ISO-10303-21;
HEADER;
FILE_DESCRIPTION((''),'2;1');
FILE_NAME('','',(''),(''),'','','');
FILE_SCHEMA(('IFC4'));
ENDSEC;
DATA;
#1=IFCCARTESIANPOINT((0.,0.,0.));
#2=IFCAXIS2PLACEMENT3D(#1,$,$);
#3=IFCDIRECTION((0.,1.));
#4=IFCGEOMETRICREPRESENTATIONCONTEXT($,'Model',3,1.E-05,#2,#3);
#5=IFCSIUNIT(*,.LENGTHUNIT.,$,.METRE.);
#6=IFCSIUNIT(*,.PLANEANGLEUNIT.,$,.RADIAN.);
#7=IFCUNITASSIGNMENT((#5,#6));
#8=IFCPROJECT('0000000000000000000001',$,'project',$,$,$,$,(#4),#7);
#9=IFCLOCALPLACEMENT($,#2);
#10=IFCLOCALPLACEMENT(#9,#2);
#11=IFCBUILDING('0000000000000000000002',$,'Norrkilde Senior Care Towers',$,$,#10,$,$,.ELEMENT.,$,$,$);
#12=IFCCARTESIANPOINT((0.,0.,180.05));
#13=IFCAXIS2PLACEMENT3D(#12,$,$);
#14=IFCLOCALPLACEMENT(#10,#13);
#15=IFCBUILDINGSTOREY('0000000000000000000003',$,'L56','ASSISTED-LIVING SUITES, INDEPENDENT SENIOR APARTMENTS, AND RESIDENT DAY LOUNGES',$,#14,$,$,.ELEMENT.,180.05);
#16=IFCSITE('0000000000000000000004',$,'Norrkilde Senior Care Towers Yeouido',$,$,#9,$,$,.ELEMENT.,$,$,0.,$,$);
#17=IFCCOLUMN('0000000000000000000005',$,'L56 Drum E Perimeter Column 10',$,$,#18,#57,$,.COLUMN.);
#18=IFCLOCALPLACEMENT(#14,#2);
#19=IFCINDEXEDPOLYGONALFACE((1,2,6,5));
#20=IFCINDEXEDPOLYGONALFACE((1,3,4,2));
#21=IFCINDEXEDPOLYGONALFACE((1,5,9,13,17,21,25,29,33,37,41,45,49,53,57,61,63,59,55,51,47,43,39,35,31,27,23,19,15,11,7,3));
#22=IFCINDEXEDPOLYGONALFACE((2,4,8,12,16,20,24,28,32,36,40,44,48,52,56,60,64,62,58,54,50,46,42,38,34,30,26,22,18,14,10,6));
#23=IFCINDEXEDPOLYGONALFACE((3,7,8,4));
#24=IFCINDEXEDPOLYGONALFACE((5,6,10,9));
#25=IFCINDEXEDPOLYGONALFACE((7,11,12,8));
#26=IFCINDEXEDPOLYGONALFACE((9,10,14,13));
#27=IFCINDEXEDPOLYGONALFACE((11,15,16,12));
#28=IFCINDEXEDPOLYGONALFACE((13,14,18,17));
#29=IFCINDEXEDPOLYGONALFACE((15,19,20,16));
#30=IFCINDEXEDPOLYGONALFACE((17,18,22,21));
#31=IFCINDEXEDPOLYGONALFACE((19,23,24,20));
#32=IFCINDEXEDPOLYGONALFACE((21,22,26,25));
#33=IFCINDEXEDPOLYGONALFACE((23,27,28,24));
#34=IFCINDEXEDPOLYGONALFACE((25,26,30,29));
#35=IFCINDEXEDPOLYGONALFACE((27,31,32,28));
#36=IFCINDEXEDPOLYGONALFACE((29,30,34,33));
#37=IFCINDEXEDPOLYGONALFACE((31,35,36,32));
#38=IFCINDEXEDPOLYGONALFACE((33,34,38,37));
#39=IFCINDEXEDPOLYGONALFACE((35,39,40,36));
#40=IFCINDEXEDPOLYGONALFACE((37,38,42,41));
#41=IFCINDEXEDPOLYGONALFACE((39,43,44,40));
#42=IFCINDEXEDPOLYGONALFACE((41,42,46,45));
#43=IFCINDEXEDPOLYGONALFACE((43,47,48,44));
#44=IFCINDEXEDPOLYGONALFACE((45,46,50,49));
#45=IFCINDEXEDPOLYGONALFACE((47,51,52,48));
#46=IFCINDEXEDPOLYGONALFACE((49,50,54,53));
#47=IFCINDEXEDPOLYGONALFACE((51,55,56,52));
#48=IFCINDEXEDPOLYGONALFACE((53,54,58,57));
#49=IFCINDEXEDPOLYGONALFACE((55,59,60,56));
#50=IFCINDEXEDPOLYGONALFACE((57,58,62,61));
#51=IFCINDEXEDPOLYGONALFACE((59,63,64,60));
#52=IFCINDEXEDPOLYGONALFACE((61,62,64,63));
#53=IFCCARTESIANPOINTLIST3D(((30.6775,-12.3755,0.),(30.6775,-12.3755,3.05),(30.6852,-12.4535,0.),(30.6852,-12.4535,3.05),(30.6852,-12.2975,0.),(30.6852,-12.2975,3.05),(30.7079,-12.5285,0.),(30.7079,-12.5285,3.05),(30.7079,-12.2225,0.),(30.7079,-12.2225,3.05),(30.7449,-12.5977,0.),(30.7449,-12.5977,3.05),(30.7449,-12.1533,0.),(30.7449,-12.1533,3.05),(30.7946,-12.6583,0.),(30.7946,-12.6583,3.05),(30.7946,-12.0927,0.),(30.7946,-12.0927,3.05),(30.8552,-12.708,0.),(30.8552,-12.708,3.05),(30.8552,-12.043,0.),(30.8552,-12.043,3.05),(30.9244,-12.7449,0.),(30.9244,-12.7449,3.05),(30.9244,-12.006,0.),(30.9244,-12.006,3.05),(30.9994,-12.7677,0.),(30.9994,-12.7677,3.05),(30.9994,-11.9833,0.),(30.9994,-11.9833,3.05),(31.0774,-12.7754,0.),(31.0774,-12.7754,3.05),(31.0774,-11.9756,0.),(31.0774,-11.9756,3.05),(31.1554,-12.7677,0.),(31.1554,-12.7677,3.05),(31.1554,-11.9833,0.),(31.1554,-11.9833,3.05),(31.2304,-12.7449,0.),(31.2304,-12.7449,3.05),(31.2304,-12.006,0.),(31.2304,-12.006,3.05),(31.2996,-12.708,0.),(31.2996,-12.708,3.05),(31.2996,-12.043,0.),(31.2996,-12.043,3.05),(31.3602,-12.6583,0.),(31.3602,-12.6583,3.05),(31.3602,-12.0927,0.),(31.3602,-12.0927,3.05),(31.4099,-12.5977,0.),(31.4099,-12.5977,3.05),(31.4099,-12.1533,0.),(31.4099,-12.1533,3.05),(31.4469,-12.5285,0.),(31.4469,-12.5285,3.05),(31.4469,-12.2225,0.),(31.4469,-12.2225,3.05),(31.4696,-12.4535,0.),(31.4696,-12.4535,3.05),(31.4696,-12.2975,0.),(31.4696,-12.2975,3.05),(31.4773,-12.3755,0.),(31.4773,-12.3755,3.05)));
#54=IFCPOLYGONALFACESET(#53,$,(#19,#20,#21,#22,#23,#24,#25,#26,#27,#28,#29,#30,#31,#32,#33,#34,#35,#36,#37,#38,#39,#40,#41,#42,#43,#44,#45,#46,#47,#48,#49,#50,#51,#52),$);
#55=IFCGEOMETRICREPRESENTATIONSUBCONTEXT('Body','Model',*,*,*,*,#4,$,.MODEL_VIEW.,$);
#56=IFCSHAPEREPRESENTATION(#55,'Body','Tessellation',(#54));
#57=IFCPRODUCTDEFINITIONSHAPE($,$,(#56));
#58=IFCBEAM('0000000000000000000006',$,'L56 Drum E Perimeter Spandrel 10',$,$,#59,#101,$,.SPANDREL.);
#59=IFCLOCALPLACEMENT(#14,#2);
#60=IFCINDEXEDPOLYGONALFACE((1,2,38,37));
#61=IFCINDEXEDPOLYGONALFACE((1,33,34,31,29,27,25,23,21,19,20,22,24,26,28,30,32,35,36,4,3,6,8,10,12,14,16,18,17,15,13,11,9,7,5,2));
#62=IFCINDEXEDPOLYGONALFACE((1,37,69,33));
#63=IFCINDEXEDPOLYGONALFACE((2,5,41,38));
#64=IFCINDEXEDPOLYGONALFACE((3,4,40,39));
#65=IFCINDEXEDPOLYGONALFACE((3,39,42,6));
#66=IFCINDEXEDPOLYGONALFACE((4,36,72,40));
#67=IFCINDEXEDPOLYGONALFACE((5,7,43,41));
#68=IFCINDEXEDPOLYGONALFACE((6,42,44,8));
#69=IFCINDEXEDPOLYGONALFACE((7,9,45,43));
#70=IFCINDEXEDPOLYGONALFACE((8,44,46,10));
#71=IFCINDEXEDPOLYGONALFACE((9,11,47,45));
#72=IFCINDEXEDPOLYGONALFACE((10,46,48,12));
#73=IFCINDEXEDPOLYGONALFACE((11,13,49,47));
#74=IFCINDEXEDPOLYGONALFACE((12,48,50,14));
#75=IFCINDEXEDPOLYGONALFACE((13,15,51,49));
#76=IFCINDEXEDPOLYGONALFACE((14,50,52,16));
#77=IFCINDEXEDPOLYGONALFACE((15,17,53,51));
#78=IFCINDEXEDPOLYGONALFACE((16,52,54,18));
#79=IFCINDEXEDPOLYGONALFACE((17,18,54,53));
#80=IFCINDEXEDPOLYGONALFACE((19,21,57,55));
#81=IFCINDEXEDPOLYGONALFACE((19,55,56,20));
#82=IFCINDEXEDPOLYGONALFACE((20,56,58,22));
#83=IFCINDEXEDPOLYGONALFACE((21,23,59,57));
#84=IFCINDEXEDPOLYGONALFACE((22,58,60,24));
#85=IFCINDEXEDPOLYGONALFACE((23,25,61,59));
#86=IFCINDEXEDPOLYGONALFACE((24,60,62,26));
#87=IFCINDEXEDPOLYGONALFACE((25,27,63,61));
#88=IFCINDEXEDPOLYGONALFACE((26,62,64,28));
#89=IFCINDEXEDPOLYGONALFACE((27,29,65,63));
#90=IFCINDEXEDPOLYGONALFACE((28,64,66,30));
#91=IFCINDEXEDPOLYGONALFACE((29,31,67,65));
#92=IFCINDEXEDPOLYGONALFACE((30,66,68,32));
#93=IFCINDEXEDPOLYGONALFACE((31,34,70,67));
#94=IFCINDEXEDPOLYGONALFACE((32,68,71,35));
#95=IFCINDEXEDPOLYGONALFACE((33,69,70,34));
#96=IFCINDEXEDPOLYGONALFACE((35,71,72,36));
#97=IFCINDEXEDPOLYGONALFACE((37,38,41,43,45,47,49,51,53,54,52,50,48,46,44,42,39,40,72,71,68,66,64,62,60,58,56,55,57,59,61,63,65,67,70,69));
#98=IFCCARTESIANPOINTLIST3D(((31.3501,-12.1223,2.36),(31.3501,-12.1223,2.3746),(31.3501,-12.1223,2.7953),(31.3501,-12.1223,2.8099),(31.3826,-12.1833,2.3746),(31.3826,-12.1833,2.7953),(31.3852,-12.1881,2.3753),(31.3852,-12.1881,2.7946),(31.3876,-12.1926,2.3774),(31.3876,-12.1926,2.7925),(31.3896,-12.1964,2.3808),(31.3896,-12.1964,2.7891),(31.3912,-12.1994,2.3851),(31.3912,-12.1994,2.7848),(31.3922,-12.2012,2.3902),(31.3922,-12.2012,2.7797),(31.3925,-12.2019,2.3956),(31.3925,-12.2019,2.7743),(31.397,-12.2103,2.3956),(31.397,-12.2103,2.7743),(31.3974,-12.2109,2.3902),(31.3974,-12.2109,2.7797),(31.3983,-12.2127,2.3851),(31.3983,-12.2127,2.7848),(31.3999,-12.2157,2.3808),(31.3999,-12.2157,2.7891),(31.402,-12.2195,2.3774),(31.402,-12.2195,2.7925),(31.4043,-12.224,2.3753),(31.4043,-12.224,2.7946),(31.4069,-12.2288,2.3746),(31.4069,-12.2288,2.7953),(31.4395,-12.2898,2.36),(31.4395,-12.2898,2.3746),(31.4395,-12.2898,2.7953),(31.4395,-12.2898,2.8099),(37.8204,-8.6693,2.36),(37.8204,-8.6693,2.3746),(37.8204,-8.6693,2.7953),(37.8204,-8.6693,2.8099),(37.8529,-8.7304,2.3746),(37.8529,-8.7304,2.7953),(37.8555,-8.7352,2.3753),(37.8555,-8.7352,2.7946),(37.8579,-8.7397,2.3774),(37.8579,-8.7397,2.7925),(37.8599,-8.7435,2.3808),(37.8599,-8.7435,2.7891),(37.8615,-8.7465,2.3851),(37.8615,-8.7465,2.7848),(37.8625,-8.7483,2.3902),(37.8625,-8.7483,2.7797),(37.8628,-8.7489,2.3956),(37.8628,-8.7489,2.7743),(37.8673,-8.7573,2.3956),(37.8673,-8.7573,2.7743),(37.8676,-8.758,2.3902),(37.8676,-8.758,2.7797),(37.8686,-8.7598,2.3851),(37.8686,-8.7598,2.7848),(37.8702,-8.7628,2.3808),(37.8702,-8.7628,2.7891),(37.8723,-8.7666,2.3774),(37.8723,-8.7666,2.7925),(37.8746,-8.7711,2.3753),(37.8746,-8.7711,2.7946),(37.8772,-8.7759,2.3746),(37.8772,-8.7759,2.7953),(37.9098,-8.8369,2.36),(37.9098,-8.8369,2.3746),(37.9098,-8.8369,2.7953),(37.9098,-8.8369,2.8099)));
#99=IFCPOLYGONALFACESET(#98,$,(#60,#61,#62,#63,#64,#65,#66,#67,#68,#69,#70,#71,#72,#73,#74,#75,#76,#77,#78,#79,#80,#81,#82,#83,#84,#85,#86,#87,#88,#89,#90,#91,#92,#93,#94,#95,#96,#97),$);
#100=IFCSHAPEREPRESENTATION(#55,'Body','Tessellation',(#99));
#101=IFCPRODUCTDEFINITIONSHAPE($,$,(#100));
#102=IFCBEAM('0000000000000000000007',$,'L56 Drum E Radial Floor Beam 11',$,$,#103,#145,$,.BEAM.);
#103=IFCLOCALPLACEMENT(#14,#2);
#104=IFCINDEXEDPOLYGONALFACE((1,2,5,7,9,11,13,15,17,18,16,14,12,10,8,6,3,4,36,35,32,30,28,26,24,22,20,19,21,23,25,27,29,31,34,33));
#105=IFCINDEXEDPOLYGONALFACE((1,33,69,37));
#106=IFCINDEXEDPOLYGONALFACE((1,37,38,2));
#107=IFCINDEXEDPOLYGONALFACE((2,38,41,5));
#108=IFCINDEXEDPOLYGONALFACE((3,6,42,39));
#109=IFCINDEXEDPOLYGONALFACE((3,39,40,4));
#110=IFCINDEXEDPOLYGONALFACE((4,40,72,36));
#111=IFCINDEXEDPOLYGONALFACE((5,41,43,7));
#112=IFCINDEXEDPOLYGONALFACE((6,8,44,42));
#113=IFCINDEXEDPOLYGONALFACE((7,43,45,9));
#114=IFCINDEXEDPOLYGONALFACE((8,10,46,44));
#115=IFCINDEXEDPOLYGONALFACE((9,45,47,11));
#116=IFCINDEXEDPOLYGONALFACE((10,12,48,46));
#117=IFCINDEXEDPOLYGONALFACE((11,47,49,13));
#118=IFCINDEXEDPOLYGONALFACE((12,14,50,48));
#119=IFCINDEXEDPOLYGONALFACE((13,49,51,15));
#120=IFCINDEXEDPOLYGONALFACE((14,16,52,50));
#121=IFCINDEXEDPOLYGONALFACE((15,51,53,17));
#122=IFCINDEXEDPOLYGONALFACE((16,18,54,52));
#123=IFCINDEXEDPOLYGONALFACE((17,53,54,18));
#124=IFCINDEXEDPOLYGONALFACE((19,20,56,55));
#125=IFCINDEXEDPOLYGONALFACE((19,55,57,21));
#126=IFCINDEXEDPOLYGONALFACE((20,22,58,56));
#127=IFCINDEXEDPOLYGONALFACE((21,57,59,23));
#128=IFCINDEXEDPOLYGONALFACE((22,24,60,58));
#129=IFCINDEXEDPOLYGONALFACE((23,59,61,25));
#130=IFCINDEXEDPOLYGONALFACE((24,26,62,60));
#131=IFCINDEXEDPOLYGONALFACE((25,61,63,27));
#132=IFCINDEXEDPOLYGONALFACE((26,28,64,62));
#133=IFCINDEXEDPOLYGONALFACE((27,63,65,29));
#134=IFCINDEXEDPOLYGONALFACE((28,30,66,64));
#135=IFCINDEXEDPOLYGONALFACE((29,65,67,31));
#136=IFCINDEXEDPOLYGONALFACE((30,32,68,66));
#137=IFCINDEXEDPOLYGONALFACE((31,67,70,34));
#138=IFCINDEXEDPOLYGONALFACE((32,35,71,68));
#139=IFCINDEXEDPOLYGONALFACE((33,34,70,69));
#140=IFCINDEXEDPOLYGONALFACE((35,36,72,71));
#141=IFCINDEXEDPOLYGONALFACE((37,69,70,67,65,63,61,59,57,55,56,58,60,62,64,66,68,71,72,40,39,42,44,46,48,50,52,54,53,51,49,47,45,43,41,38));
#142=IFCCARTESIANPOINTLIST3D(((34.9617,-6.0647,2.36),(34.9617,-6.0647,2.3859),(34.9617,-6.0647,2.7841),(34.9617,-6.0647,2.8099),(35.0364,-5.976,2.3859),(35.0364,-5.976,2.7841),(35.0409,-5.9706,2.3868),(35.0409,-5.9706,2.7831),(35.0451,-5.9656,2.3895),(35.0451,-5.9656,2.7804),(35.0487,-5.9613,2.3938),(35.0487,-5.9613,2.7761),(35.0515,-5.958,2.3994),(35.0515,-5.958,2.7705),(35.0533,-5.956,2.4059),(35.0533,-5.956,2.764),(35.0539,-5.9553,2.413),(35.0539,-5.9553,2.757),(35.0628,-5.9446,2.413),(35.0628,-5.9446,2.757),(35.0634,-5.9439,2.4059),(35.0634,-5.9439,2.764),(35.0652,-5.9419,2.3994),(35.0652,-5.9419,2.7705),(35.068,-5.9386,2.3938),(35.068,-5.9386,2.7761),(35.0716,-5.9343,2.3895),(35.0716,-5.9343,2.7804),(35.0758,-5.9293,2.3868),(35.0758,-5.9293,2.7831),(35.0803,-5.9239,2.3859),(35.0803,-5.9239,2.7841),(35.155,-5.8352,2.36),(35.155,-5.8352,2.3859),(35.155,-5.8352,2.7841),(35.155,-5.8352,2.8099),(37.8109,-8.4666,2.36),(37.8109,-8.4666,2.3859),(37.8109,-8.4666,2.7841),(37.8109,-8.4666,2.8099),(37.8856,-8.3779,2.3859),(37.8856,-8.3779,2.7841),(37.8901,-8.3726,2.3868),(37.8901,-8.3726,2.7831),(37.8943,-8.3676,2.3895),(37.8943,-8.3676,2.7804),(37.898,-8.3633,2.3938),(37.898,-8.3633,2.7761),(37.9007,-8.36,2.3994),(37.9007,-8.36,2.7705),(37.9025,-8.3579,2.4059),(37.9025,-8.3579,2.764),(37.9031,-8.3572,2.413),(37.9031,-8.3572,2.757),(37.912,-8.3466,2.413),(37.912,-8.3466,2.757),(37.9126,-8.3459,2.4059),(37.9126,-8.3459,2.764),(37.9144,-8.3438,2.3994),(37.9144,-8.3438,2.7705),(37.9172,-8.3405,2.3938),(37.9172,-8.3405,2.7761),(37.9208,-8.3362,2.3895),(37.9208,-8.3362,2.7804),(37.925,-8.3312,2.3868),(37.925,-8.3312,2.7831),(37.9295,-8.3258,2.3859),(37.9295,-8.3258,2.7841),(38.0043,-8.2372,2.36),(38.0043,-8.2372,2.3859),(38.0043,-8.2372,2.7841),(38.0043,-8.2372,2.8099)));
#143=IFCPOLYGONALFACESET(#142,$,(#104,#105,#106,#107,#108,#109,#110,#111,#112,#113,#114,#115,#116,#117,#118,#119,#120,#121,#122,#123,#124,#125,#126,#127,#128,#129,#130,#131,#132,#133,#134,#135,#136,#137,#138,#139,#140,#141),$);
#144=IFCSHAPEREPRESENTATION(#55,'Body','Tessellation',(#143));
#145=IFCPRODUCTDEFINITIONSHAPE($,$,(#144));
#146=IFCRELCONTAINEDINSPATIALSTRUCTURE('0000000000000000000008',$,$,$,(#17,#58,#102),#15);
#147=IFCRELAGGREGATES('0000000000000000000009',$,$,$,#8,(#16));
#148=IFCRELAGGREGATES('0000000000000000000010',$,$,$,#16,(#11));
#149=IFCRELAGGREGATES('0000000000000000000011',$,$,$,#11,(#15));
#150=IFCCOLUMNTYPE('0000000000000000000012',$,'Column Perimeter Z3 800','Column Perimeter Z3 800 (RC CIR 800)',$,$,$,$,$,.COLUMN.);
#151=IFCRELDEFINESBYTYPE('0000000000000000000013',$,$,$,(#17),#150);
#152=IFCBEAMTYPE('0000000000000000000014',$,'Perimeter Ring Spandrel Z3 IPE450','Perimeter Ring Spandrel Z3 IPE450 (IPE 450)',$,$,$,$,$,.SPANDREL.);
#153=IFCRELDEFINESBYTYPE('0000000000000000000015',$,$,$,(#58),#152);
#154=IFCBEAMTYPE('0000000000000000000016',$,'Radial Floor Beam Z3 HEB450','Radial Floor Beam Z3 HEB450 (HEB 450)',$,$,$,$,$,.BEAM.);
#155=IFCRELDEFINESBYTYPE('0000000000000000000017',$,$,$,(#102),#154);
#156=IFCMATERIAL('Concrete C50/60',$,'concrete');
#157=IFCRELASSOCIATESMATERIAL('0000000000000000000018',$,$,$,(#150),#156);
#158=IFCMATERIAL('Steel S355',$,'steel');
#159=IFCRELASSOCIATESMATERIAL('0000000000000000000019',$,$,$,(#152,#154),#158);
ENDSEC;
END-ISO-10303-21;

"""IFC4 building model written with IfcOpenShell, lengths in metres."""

from ifc_helpers import new_model, si_unit, direction, frame, origin, origin_2d, place, context, subcontext, project, spatial, circle, i_section, extrude, source, transform, mapped, material, material_profile, profile_set, type_object, type_shapes, element, save


model = new_model("IFC4")

# Units and contexts
model_context = context("Model", 3, precision=1e-05, world=origin(), true_north=direction((0.0, 1.0)))
body_context = subcontext(model_context, "Body", "Model", "MODEL_VIEW")
ifc_project = project(units=[si_unit("LENGTHUNIT", "METRE"), si_unit("PLANEANGLEUNIT", "RADIAN")], contexts=[model_context])

# Site, building, storey
site_placement = place(None, origin())
site = spatial("IfcSite", under=ifc_project, at=site_placement, Name="Norrkilde Senior Care Towers Yeouido", CompositionType="ELEMENT", RefElevation=0.0)
building_placement = place(site_placement, origin())
building = spatial("IfcBuilding", under=site, at=building_placement, Name="Norrkilde Senior Care Towers", CompositionType="ELEMENT")
storey_placement = place(building_placement, frame((0.0, 0.0, 180.05)))
storey = spatial("IfcBuildingStorey", under=building, at=storey_placement, Name="L56", Description="ASSISTED-LIVING SUITES, INDEPENDENT SENIOR APARTMENTS, AND RESIDENT DAY LOUNGES", CompositionType="ELEMENT", Elevation=180.05)

# Column
ifc_material_1 = material(Name="Concrete C50/60", Category="concrete")
ifc_material_profile_1 = material_profile(ifc_material_1, circle(Radius=0.3999, at=origin_2d()), Name="RC CIR 800")
ifc_profile_set_1 = profile_set([ifc_material_profile_1], Name="Concrete C50/60")
column_type = type_object("IfcColumnType", Name="Column Perimeter Z3 800", Description="Column Perimeter Z3 800 (RC CIR 800)", PredefinedType="COLUMN", material=ifc_profile_set_1)
shared_shape_1 = source(origin(), body_context, "Body", "SweptSolid", [
    extrude(circle(Radius=0.3999, at=origin_2d()), origin(), (0.0, 0.0, 1.0), 3.05),
])
type_shapes(column_type, [shared_shape_1])
column_placement = place(storey_placement, frame((31.0774, -12.3755, 0.0), z_axis=(0.0, 0.0, 1.0), x_axis=(1.0, 0.0, 0.0)))
element("IfcColumn", 1, at=column_placement, inside=storey, type_object=column_type, Name="L56 Drum E Perimeter Column 10", PredefinedType="COLUMN", context=body_context, shape_type="MappedRepresentation", body=[
    mapped(shared_shape_1, transform((0.0, 0.0, 0.0), x_axis=(1.0, 0.0, 0.0), y_axis=(0.0, 1.0, 0.0), z_axis=(0.0, 0.0, 1.0), scale=1.0)),
])

# Beams
ifc_material_2 = material(Name="Steel S355", Category="steel")
ifc_material_profile_2 = material_profile(ifc_material_2, i_section(OverallWidth=0.1899, OverallDepth=0.45, WebThickness=0.0095, FlangeThickness=0.0146, FilletRadius=0.021, at=origin_2d()), Name="IPE 450")
ifc_profile_set_2 = profile_set([ifc_material_profile_2], Name="Steel S355")
beam_type_1 = type_object("IfcBeamType", Name="Perimeter Ring Spandrel Z3 IPE450", Description="Perimeter Ring Spandrel Z3 IPE450 (IPE 450)", PredefinedType="SPANDREL", material=ifc_profile_set_2)
shared_shape_2 = source(origin(), body_context, "Body", "SweptSolid", [
    extrude(i_section(OverallWidth=0.1899, OverallDepth=0.45, WebThickness=0.0095, FlangeThickness=0.0146, FilletRadius=0.021, at=origin_2d()), origin(), (0.0, 0.0, 1.0), 7.334),
])
type_shapes(beam_type_1, [shared_shape_2])
beam_1_placement = place(storey_placement, frame((31.3948, -12.2061, 2.585), z_axis=(0.882234, 0.470811, 0.0), x_axis=(-0.470811, 0.882234, 0.0)))
element("IfcBeam", 2, at=beam_1_placement, inside=storey, type_object=beam_type_1, Name="L56 Drum E Perimeter Spandrel 10", PredefinedType="SPANDREL", context=body_context, shape_type="MappedRepresentation", body=[
    mapped(shared_shape_2, transform((0.0, 0.0, 0.0), x_axis=(1.0, 0.0, 0.0), y_axis=(0.0, 1.0, 0.0), z_axis=(0.0, 0.0, 1.0), scale=1.0)),
])
ifc_material_profile_3 = material_profile(ifc_material_2, i_section(OverallWidth=0.3, OverallDepth=0.45, WebThickness=0.0139, FlangeThickness=0.0259, FilletRadius=0.0271, at=origin_2d()), Name="HEB 450")
ifc_profile_set_3 = profile_set([ifc_material_profile_3], Name="Steel S355")
beam_type_2 = type_object("IfcBeamType", Name="Radial Floor Beam Z3 HEB450", Description="Radial Floor Beam Z3 HEB450 (HEB 450)", PredefinedType="BEAM", material=ifc_profile_set_3)
shared_shape_3 = source(origin(), body_context, "Body", "SweptSolid", [
    extrude(i_section(OverallWidth=0.3, OverallDepth=0.45, WebThickness=0.0139, FlangeThickness=0.0259, FilletRadius=0.0271, at=origin_2d()), origin(), (0.0, 0.0, 1.0), 3.7266),
])
beam_2_placement = place(storey_placement, frame((35.0583, -5.95, 2.585), z_axis=(0.764568, -0.644543, 0.0), x_axis=(0.644543, 0.764568, 0.0)))
element("IfcBeam", 3, at=beam_2_placement, inside=storey, type_object=beam_type_2, Name="L56 Drum E Radial Floor Beam 11", PredefinedType="BEAM", context=body_context, shape_type="MappedRepresentation", body=[
    mapped(shared_shape_3, transform((0.0, 0.0, 0.0), x_axis=(1.0, 0.0, 0.0), y_axis=(0.0, 1.0, 0.0), z_axis=(0.0, 0.0, 1.0), scale=1.0)),
])

save(model, "model.ifc")
